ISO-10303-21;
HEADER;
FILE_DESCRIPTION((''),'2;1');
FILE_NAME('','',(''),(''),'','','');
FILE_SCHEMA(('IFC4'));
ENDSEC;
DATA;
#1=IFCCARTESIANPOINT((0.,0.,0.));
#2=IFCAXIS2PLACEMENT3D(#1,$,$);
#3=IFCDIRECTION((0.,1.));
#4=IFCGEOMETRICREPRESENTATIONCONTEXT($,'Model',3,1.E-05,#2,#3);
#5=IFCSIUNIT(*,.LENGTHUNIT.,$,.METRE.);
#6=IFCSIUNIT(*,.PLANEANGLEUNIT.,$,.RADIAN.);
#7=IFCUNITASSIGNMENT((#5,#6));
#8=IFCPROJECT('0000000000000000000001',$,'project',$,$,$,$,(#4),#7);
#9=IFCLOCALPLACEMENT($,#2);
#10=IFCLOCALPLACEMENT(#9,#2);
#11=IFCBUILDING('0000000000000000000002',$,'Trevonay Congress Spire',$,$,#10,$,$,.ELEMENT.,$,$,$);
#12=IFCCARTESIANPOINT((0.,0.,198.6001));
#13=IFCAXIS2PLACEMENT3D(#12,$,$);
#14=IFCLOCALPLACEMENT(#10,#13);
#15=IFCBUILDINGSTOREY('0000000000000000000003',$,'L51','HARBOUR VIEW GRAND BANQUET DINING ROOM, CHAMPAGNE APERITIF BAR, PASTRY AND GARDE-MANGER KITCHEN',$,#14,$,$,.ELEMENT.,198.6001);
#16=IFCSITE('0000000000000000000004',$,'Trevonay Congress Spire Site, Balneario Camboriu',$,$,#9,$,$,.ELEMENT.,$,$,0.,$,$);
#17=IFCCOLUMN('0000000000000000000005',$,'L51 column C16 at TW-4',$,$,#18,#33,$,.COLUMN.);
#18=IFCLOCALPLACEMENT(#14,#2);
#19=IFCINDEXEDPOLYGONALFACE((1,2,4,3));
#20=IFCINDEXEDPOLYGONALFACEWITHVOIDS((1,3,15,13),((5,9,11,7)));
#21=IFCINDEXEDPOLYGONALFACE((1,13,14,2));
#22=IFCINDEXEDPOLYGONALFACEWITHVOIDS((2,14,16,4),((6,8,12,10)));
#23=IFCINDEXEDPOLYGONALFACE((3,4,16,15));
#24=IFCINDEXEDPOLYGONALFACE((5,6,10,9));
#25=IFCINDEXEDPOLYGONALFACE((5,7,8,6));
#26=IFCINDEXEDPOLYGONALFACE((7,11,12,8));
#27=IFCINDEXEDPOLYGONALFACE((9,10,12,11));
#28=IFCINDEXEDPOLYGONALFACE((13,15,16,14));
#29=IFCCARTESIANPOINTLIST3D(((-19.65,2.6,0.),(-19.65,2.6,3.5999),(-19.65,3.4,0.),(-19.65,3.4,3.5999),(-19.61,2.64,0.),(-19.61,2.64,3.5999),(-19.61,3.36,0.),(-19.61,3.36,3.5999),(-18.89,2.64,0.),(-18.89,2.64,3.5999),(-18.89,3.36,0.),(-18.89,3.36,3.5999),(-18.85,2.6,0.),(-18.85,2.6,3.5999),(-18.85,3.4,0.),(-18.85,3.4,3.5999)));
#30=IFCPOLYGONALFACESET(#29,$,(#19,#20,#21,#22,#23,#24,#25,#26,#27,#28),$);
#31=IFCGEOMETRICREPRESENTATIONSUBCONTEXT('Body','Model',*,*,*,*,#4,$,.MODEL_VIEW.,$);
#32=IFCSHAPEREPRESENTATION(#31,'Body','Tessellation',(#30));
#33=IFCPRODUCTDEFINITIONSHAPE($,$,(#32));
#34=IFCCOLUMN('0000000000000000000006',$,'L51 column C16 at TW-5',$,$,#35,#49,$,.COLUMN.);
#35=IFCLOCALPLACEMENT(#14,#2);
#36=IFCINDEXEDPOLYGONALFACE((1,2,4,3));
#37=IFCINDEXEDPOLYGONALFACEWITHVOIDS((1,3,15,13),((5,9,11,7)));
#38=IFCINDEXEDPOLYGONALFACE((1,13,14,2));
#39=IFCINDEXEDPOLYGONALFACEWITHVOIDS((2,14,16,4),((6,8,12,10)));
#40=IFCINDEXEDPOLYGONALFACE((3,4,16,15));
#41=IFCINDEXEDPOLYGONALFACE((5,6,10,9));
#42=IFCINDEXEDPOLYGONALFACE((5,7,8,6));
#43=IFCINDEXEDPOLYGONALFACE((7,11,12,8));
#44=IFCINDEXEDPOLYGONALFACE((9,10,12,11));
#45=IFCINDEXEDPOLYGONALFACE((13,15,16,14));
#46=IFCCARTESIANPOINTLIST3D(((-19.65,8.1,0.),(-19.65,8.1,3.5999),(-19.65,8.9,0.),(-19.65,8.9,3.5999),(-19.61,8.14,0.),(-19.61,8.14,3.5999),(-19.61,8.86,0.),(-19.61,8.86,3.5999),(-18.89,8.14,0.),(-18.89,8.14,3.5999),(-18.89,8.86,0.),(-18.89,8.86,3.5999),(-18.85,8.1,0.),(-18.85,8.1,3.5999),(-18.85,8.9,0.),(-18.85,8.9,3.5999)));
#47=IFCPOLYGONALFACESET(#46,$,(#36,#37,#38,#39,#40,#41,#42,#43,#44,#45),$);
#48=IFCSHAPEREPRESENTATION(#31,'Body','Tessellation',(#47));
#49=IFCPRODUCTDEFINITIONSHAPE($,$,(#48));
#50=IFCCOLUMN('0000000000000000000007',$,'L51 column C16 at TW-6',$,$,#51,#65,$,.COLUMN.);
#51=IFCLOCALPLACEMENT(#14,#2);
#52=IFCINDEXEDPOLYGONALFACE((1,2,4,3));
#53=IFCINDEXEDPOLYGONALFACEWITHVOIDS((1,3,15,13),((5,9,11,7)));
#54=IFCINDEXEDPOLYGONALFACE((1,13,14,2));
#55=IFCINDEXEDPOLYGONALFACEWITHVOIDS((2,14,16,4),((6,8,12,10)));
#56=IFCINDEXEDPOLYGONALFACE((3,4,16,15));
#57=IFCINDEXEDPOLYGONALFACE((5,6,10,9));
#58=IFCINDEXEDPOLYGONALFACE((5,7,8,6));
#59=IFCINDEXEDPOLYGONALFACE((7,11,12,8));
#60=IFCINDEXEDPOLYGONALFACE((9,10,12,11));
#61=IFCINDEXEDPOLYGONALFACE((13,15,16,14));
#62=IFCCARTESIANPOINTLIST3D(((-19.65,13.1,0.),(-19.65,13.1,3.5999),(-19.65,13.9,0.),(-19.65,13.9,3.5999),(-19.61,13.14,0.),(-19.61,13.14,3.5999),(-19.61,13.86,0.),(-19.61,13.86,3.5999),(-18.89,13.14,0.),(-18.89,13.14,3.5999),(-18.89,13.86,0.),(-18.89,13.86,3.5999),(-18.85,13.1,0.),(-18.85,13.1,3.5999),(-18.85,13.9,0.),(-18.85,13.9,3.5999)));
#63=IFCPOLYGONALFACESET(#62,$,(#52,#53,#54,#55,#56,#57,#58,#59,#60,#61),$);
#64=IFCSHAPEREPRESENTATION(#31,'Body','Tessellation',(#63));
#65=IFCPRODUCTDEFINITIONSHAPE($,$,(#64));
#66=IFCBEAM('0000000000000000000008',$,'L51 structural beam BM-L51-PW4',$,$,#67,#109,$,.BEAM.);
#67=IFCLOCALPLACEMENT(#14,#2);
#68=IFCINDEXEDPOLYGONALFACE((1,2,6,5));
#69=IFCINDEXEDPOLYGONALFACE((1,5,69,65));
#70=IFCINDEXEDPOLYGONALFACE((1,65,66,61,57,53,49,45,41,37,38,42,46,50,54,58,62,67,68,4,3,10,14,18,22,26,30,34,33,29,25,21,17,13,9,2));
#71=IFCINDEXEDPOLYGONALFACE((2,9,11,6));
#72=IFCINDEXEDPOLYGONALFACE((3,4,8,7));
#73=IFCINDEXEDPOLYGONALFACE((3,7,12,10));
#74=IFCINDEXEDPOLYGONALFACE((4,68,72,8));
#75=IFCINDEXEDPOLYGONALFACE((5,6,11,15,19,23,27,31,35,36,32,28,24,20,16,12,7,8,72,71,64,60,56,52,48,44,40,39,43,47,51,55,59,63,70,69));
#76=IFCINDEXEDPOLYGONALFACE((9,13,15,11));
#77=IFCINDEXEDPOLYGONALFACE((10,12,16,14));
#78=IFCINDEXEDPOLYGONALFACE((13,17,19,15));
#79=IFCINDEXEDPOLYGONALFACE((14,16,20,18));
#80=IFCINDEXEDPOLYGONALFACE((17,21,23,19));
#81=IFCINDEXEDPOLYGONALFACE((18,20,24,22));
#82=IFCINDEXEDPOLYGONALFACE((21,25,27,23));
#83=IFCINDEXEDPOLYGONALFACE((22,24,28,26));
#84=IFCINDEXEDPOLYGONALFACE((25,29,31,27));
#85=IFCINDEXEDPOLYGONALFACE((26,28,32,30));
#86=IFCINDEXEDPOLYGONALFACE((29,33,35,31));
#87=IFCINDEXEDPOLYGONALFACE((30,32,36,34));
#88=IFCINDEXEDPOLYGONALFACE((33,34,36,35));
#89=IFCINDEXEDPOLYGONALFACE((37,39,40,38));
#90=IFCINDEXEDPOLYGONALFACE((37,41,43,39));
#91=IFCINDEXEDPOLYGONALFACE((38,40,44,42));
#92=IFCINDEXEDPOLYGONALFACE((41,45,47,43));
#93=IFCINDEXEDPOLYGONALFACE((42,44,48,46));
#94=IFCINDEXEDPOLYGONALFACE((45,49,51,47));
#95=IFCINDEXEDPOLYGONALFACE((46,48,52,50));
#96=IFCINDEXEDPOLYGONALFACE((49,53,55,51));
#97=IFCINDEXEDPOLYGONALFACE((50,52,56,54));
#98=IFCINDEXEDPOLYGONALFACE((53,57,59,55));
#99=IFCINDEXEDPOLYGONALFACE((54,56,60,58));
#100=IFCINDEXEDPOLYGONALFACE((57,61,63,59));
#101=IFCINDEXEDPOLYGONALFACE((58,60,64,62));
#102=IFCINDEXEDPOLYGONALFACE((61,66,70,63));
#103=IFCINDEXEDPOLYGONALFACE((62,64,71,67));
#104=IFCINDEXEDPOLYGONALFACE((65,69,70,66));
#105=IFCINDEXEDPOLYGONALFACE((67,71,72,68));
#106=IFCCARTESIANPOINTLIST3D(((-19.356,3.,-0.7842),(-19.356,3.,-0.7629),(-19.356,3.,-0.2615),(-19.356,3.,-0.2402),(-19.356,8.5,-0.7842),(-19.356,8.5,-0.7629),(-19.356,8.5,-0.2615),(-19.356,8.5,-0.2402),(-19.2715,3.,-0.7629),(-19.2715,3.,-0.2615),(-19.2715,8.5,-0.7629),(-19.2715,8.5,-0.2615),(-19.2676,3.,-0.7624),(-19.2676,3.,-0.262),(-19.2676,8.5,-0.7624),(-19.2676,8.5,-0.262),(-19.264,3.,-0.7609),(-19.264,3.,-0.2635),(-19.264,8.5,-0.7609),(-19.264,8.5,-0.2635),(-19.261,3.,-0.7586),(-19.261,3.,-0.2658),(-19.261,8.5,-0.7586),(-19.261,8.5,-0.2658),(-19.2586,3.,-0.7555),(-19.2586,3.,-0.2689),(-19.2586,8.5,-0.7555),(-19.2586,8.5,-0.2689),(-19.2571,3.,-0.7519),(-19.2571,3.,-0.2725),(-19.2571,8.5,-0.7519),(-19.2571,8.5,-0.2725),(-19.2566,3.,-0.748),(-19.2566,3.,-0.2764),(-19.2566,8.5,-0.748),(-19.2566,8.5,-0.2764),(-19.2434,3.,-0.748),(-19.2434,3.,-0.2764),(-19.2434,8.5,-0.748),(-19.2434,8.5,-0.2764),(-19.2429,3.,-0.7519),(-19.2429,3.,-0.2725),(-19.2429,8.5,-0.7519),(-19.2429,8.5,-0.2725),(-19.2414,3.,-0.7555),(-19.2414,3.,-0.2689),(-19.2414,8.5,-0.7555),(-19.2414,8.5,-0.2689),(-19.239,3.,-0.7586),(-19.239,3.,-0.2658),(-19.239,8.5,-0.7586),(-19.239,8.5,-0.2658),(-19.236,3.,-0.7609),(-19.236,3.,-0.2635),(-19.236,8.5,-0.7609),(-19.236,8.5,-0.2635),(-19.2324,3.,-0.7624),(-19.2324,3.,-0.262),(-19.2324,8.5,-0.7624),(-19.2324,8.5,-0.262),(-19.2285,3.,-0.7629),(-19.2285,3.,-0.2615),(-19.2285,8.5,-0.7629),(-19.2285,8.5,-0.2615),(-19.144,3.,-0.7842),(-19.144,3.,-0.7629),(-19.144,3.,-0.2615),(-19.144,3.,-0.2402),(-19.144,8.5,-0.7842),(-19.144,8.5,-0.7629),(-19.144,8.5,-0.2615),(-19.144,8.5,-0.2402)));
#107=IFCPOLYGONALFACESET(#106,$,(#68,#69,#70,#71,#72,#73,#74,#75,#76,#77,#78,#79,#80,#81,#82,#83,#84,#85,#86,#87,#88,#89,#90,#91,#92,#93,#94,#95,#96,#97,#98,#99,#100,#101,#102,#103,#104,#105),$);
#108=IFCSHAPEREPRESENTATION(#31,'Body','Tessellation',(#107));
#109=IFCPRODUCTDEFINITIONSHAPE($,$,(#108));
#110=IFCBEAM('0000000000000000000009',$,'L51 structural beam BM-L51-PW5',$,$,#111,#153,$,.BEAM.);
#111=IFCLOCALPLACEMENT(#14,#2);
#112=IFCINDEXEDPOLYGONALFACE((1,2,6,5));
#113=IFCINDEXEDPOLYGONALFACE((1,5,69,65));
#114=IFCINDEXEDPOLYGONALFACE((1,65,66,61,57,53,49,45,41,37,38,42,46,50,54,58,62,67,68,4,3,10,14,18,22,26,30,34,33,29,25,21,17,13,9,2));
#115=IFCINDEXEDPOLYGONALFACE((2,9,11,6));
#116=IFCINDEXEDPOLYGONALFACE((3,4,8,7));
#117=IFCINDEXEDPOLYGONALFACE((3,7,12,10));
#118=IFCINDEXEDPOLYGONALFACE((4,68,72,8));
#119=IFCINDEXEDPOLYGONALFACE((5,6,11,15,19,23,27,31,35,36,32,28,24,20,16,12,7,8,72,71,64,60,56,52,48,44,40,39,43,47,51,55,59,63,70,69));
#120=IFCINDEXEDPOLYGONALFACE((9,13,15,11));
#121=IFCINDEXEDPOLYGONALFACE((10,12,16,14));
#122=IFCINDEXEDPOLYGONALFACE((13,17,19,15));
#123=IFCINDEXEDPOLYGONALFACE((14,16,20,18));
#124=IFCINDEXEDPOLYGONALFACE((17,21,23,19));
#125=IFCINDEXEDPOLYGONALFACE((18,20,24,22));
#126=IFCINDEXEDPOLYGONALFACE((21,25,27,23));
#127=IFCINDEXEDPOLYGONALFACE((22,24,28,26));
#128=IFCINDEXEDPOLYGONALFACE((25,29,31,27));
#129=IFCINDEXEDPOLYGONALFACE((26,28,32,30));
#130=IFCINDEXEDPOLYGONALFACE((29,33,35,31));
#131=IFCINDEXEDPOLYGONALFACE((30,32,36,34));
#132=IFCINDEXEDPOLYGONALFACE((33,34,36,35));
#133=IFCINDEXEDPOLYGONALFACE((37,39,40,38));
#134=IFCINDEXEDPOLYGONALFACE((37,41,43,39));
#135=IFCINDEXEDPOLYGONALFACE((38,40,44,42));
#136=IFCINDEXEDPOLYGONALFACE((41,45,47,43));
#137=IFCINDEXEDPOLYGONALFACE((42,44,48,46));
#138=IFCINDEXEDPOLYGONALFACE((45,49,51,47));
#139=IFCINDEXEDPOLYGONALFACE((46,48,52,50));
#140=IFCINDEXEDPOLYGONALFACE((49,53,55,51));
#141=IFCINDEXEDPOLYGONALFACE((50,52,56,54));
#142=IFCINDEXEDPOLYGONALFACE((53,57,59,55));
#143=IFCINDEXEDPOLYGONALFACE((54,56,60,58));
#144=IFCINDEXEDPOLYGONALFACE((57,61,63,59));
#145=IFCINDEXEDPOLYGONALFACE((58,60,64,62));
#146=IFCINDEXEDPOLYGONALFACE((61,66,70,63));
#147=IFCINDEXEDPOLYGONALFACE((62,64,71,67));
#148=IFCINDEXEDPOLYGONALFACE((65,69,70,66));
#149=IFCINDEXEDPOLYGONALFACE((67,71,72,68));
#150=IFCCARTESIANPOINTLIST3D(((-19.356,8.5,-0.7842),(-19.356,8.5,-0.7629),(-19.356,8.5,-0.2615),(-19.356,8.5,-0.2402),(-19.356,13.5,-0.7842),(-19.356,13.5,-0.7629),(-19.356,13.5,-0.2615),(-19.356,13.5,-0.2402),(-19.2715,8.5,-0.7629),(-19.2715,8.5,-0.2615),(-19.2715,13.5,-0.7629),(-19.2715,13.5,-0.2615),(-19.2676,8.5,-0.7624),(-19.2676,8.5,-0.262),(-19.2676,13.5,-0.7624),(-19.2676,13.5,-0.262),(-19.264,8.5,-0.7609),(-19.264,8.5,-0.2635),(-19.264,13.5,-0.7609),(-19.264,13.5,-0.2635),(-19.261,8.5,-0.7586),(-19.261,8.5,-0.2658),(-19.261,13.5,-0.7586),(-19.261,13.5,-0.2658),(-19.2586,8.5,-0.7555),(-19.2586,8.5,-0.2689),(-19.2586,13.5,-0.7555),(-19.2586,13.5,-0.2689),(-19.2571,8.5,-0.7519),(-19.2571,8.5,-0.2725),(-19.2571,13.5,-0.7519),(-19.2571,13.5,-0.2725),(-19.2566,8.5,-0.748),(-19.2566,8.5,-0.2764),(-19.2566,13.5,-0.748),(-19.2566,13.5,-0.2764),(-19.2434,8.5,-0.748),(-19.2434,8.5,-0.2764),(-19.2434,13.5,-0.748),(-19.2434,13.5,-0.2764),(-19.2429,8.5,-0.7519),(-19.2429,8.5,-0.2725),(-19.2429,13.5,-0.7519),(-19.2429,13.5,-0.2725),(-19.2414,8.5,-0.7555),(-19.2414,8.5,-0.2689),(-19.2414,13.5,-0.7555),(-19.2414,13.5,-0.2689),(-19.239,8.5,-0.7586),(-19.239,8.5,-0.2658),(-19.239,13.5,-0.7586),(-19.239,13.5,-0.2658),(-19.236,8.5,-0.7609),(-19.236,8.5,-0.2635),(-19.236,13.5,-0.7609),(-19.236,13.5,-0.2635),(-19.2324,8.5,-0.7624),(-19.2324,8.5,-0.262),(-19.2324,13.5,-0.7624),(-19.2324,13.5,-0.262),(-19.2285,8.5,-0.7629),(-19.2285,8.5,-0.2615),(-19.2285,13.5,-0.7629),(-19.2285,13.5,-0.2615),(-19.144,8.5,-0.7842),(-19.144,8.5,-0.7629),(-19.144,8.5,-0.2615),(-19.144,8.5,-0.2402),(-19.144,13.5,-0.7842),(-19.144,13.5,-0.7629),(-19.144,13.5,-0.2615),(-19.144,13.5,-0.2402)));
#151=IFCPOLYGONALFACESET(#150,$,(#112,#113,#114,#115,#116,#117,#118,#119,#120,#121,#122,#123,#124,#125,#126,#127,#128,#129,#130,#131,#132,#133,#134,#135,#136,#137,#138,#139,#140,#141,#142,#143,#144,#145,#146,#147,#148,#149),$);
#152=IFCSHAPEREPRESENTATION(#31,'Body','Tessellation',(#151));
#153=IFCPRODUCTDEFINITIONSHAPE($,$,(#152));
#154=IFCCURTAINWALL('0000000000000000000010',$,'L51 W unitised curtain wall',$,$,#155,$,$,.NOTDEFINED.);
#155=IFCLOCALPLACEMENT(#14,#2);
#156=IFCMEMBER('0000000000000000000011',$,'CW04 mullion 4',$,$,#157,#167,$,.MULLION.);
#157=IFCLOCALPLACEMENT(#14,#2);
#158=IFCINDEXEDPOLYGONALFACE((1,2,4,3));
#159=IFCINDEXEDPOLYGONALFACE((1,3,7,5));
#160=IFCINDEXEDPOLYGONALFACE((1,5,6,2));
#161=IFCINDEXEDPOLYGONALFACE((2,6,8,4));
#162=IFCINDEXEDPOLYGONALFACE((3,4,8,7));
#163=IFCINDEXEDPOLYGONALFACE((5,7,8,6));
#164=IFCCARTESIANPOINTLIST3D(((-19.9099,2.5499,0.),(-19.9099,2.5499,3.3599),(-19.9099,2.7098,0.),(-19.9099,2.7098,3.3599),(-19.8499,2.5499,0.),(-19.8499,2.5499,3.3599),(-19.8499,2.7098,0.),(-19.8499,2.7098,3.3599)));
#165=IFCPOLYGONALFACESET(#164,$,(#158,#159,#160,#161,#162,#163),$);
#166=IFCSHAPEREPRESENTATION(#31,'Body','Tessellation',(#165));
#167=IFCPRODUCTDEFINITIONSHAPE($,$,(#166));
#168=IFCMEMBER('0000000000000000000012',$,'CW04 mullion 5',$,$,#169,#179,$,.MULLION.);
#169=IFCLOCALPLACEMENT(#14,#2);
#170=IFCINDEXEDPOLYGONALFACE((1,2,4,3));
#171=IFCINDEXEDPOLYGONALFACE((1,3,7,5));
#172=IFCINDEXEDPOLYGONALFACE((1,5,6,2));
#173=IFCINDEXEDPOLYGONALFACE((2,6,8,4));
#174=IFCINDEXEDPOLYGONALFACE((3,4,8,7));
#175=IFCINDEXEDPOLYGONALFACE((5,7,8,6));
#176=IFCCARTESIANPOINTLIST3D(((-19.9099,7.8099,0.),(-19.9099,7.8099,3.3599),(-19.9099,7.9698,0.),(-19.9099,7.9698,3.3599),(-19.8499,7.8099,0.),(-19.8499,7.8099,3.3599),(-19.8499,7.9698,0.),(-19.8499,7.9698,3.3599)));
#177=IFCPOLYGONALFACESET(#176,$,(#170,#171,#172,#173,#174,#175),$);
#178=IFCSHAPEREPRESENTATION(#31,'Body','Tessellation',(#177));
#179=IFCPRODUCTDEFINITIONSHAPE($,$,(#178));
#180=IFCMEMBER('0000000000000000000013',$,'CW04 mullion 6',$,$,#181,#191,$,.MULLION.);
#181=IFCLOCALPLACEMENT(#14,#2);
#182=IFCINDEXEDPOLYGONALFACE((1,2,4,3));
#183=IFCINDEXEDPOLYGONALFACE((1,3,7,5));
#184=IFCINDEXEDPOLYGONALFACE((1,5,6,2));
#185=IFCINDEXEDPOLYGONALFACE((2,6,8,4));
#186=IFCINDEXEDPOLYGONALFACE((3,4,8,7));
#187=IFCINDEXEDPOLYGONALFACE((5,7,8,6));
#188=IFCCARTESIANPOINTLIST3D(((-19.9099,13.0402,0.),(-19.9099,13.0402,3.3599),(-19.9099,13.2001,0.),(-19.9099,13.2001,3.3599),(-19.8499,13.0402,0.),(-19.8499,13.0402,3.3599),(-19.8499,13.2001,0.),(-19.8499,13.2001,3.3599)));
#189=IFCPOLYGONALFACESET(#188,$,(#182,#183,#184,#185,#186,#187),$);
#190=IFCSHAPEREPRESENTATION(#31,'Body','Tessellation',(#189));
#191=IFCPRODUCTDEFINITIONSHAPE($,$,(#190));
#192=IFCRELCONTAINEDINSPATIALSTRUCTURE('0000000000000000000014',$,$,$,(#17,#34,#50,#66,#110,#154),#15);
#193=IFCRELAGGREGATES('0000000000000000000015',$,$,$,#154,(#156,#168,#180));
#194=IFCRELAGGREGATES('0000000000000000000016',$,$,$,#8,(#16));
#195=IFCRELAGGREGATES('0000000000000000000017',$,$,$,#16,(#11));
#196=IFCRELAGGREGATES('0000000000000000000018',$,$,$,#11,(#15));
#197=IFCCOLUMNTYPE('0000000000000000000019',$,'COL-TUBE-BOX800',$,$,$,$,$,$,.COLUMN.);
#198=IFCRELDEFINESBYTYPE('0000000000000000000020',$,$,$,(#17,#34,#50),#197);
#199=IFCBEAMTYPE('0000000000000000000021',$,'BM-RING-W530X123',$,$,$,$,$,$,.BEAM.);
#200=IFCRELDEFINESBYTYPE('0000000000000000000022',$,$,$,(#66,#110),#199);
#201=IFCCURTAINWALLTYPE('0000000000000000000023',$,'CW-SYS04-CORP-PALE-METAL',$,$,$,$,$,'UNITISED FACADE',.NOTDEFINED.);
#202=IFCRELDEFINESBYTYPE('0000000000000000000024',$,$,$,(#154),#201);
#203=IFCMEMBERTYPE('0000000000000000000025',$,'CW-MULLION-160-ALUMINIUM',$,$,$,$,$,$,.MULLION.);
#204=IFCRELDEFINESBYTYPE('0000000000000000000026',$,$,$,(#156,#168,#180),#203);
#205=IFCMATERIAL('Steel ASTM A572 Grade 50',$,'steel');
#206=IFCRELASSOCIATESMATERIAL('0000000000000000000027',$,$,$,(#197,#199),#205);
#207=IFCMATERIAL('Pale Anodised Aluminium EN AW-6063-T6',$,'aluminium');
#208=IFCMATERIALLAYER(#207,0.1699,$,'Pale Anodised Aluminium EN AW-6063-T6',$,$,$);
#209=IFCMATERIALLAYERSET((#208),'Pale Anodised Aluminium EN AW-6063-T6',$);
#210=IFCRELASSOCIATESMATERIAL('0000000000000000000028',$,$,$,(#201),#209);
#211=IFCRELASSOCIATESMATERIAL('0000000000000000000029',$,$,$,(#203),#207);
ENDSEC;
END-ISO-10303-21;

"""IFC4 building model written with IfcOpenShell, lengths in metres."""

from ifc_helpers import new_model, si_unit, direction, frame, origin, origin_2d, place, context, subcontext, project, spatial, rectangle, hollow_rectangle, i_section, extrude, material, layer, layer_set, material_profile, profile_set, type_object, element, aggregate, save


model = new_model("IFC4")

# Units and contexts
model_context = context("Model", 3, precision=1e-05, world=origin(), true_north=direction((0.0, 1.0)))
body_context = subcontext(model_context, "Body", "Model", "MODEL_VIEW")
ifc_project = project(units=[si_unit("LENGTHUNIT", "METRE"), si_unit("PLANEANGLEUNIT", "RADIAN")], contexts=[model_context])

# Site, building, storey
site_placement = place(None, origin())
site = spatial("IfcSite", under=ifc_project, at=site_placement, Name="Trevonay Congress Spire Site, Balneario Camboriu", CompositionType="ELEMENT", RefElevation=0.0)
building_placement = place(site_placement, origin())
building = spatial("IfcBuilding", under=site, at=building_placement, Name="Trevonay Congress Spire", CompositionType="ELEMENT")
storey_placement = place(building_placement, frame((0.0, 0.0, 198.6001)))
storey = spatial("IfcBuildingStorey", under=building, at=storey_placement, Name="L51", Description="HARBOUR VIEW GRAND BANQUET DINING ROOM, CHAMPAGNE APERITIF BAR, PASTRY AND GARDE-MANGER KITCHEN", CompositionType="ELEMENT", Elevation=198.6001)

# Columns
ifc_material_1 = material(Name="Steel ASTM A572 Grade 50", Category="steel")
ifc_material_profile_1 = material_profile(ifc_material_1, hollow_rectangle(XDim=0.8, YDim=0.8, WallThickness=0.04, at=origin_2d()), Name="BOX 800x800x40")
ifc_profile_set_1 = profile_set([ifc_material_profile_1], Name="Steel ASTM A572 Grade 50")
column_type = type_object("IfcColumnType", Name="COL-TUBE-BOX800", PredefinedType="COLUMN", material=ifc_profile_set_1)
for number, where, z_axis, x_axis, name in (
    (1, (-19.25, 3.0, 0.0), (0.0, 0.0, 1.0), (1.0, 0.0, 0.0), "L51 column C16 at TW-4"),
    (2, (-19.25, 8.5, 0.0), (0.0, 0.0, 1.0), (1.0, 0.0, 0.0), "L51 column C16 at TW-5"),
    (3, (-19.25, 13.5, 0.0), (0.0, 0.0, 1.0), (1.0, 0.0, 0.0), "L51 column C16 at TW-6"),
):
    element("IfcColumn", number, at=place(storey_placement, frame(where, z_axis=z_axis, x_axis=x_axis)), inside=storey, type_object=column_type, Name=name, PredefinedType="COLUMN", context=body_context, shape_type="SweptSolid", body=[
        extrude(hollow_rectangle(XDim=0.8, YDim=0.8, WallThickness=0.04, at=origin_2d()), origin(), (0.0, 0.0, 1.0), 3.5999),
    ])

# Beams
ifc_material_profile_2 = material_profile(ifc_material_1, i_section(OverallWidth=0.2119, OverallDepth=0.5439, WebThickness=0.0132, FlangeThickness=0.0212, FilletRadius=0.0149, at=origin_2d()), Name="W530x123")
ifc_profile_set_2 = profile_set([ifc_material_profile_2], Name="Steel ASTM A572 Grade 50")
beam_type_1 = type_object("IfcBeamType", Name="BM-RING-W530X123", PredefinedType="BEAM", material=ifc_profile_set_2)
beam_1_placement = place(storey_placement, frame((-19.25, 3.0, -0.5122), z_axis=(0.0, 1.0, 0.0), x_axis=(-1.0, 0.0, 0.0)))
element("IfcBeam", 4, at=beam_1_placement, inside=storey, type_object=beam_type_1, Name="L51 structural beam BM-L51-PW4", PredefinedType="BEAM", context=body_context, shape_type="SweptSolid", body=[
    extrude(i_section(OverallWidth=0.2119, OverallDepth=0.5439, WebThickness=0.0132, FlangeThickness=0.0212, FilletRadius=0.0149, at=origin_2d()), origin(), (0.0, 0.0, 1.0), 5.5),
])
beam_2_placement = place(storey_placement, frame((-19.25, 8.5, -0.5122), z_axis=(0.0, 1.0, 0.0), x_axis=(-1.0, 0.0, 0.0)))
element("IfcBeam", 5, at=beam_2_placement, inside=storey, type_object=beam_type_1, Name="L51 structural beam BM-L51-PW5", PredefinedType="BEAM", context=body_context, shape_type="SweptSolid", body=[
    extrude(i_section(OverallWidth=0.2119, OverallDepth=0.5439, WebThickness=0.0132, FlangeThickness=0.0212, FilletRadius=0.0149, at=origin_2d()), origin(), (0.0, 0.0, 1.0), 5.0),
])

# Curtain wall, members
ifc_material_2 = material(Name="Pale Anodised Aluminium EN AW-6063-T6", Category="aluminium")
ifc_layer_1 = layer(ifc_material_2, 0.1699, Name="Pale Anodised Aluminium EN AW-6063-T6")
ifc_layer_set_1 = layer_set([ifc_layer_1], Name="Pale Anodised Aluminium EN AW-6063-T6")
curtain_wall_type = type_object("IfcCurtainWallType", Name="CW-SYS04-CORP-PALE-METAL", ElementType="UNITISED FACADE", PredefinedType="NOTDEFINED", material=ifc_layer_set_1)
curtain_wall_placement = place(storey_placement, origin())
curtain_wall = element("IfcCurtainWall", 6, at=curtain_wall_placement, inside=storey, type_object=curtain_wall_type, Name="L51 W unitised curtain wall", PredefinedType="NOTDEFINED")
ifc_material_profile_3 = material_profile(ifc_material_2, rectangle(XDim=0.0601, YDim=0.1599, at=origin_2d()), Name="CW-MULLION-160-ALUMINIUM")
ifc_profile_set_3 = profile_set([ifc_material_profile_3], Name="Pale Anodised Aluminium EN AW-6063-T6")
member_type_1 = type_object("IfcMemberType", Name="CW-MULLION-160-ALUMINIUM", PredefinedType="MULLION", material=ifc_profile_set_3)
member_1_placement = place(storey_placement, frame((-19.8799, 2.6299, 0.0), z_axis=(0.0, 0.0, 1.0), x_axis=(-1.0, 0.0, 0.0)))
member_1 = element("IfcMember", 7, at=member_1_placement, type_object=member_type_1, Name="CW04 mullion 4", PredefinedType="MULLION", context=body_context, shape_type="SweptSolid", body=[
    extrude(rectangle(XDim=0.0601, YDim=0.1599, at=origin_2d()), origin(), (0.0, 0.0, 1.0), 3.3599),
])
member_2_placement = place(storey_placement, frame((-19.8799, 7.8899, 0.0), z_axis=(0.0, 0.0, 1.0), x_axis=(-1.0, 0.0, 0.0)))
member_2 = element("IfcMember", 8, at=member_2_placement, type_object=member_type_1, Name="CW04 mullion 5", PredefinedType="MULLION", context=body_context, shape_type="SweptSolid", body=[
    extrude(rectangle(XDim=0.0601, YDim=0.1599, at=origin_2d()), origin(), (0.0, 0.0, 1.0), 3.3599),
])
member_3_placement = place(storey_placement, frame((-19.8799, 13.1201, 0.0), z_axis=(0.0, 0.0, 1.0), x_axis=(-1.0, 0.0, 0.0)))
member_3 = element("IfcMember", 9, at=member_3_placement, type_object=member_type_1, Name="CW04 mullion 6", PredefinedType="MULLION", context=body_context, shape_type="SweptSolid", body=[
    extrude(rectangle(XDim=0.0601, YDim=0.1599, at=origin_2d()), origin(), (0.0, 0.0, 1.0), 3.3599),
])

aggregate(curtain_wall, [member_1, member_2, member_3])

save(model, "model.ifc")
